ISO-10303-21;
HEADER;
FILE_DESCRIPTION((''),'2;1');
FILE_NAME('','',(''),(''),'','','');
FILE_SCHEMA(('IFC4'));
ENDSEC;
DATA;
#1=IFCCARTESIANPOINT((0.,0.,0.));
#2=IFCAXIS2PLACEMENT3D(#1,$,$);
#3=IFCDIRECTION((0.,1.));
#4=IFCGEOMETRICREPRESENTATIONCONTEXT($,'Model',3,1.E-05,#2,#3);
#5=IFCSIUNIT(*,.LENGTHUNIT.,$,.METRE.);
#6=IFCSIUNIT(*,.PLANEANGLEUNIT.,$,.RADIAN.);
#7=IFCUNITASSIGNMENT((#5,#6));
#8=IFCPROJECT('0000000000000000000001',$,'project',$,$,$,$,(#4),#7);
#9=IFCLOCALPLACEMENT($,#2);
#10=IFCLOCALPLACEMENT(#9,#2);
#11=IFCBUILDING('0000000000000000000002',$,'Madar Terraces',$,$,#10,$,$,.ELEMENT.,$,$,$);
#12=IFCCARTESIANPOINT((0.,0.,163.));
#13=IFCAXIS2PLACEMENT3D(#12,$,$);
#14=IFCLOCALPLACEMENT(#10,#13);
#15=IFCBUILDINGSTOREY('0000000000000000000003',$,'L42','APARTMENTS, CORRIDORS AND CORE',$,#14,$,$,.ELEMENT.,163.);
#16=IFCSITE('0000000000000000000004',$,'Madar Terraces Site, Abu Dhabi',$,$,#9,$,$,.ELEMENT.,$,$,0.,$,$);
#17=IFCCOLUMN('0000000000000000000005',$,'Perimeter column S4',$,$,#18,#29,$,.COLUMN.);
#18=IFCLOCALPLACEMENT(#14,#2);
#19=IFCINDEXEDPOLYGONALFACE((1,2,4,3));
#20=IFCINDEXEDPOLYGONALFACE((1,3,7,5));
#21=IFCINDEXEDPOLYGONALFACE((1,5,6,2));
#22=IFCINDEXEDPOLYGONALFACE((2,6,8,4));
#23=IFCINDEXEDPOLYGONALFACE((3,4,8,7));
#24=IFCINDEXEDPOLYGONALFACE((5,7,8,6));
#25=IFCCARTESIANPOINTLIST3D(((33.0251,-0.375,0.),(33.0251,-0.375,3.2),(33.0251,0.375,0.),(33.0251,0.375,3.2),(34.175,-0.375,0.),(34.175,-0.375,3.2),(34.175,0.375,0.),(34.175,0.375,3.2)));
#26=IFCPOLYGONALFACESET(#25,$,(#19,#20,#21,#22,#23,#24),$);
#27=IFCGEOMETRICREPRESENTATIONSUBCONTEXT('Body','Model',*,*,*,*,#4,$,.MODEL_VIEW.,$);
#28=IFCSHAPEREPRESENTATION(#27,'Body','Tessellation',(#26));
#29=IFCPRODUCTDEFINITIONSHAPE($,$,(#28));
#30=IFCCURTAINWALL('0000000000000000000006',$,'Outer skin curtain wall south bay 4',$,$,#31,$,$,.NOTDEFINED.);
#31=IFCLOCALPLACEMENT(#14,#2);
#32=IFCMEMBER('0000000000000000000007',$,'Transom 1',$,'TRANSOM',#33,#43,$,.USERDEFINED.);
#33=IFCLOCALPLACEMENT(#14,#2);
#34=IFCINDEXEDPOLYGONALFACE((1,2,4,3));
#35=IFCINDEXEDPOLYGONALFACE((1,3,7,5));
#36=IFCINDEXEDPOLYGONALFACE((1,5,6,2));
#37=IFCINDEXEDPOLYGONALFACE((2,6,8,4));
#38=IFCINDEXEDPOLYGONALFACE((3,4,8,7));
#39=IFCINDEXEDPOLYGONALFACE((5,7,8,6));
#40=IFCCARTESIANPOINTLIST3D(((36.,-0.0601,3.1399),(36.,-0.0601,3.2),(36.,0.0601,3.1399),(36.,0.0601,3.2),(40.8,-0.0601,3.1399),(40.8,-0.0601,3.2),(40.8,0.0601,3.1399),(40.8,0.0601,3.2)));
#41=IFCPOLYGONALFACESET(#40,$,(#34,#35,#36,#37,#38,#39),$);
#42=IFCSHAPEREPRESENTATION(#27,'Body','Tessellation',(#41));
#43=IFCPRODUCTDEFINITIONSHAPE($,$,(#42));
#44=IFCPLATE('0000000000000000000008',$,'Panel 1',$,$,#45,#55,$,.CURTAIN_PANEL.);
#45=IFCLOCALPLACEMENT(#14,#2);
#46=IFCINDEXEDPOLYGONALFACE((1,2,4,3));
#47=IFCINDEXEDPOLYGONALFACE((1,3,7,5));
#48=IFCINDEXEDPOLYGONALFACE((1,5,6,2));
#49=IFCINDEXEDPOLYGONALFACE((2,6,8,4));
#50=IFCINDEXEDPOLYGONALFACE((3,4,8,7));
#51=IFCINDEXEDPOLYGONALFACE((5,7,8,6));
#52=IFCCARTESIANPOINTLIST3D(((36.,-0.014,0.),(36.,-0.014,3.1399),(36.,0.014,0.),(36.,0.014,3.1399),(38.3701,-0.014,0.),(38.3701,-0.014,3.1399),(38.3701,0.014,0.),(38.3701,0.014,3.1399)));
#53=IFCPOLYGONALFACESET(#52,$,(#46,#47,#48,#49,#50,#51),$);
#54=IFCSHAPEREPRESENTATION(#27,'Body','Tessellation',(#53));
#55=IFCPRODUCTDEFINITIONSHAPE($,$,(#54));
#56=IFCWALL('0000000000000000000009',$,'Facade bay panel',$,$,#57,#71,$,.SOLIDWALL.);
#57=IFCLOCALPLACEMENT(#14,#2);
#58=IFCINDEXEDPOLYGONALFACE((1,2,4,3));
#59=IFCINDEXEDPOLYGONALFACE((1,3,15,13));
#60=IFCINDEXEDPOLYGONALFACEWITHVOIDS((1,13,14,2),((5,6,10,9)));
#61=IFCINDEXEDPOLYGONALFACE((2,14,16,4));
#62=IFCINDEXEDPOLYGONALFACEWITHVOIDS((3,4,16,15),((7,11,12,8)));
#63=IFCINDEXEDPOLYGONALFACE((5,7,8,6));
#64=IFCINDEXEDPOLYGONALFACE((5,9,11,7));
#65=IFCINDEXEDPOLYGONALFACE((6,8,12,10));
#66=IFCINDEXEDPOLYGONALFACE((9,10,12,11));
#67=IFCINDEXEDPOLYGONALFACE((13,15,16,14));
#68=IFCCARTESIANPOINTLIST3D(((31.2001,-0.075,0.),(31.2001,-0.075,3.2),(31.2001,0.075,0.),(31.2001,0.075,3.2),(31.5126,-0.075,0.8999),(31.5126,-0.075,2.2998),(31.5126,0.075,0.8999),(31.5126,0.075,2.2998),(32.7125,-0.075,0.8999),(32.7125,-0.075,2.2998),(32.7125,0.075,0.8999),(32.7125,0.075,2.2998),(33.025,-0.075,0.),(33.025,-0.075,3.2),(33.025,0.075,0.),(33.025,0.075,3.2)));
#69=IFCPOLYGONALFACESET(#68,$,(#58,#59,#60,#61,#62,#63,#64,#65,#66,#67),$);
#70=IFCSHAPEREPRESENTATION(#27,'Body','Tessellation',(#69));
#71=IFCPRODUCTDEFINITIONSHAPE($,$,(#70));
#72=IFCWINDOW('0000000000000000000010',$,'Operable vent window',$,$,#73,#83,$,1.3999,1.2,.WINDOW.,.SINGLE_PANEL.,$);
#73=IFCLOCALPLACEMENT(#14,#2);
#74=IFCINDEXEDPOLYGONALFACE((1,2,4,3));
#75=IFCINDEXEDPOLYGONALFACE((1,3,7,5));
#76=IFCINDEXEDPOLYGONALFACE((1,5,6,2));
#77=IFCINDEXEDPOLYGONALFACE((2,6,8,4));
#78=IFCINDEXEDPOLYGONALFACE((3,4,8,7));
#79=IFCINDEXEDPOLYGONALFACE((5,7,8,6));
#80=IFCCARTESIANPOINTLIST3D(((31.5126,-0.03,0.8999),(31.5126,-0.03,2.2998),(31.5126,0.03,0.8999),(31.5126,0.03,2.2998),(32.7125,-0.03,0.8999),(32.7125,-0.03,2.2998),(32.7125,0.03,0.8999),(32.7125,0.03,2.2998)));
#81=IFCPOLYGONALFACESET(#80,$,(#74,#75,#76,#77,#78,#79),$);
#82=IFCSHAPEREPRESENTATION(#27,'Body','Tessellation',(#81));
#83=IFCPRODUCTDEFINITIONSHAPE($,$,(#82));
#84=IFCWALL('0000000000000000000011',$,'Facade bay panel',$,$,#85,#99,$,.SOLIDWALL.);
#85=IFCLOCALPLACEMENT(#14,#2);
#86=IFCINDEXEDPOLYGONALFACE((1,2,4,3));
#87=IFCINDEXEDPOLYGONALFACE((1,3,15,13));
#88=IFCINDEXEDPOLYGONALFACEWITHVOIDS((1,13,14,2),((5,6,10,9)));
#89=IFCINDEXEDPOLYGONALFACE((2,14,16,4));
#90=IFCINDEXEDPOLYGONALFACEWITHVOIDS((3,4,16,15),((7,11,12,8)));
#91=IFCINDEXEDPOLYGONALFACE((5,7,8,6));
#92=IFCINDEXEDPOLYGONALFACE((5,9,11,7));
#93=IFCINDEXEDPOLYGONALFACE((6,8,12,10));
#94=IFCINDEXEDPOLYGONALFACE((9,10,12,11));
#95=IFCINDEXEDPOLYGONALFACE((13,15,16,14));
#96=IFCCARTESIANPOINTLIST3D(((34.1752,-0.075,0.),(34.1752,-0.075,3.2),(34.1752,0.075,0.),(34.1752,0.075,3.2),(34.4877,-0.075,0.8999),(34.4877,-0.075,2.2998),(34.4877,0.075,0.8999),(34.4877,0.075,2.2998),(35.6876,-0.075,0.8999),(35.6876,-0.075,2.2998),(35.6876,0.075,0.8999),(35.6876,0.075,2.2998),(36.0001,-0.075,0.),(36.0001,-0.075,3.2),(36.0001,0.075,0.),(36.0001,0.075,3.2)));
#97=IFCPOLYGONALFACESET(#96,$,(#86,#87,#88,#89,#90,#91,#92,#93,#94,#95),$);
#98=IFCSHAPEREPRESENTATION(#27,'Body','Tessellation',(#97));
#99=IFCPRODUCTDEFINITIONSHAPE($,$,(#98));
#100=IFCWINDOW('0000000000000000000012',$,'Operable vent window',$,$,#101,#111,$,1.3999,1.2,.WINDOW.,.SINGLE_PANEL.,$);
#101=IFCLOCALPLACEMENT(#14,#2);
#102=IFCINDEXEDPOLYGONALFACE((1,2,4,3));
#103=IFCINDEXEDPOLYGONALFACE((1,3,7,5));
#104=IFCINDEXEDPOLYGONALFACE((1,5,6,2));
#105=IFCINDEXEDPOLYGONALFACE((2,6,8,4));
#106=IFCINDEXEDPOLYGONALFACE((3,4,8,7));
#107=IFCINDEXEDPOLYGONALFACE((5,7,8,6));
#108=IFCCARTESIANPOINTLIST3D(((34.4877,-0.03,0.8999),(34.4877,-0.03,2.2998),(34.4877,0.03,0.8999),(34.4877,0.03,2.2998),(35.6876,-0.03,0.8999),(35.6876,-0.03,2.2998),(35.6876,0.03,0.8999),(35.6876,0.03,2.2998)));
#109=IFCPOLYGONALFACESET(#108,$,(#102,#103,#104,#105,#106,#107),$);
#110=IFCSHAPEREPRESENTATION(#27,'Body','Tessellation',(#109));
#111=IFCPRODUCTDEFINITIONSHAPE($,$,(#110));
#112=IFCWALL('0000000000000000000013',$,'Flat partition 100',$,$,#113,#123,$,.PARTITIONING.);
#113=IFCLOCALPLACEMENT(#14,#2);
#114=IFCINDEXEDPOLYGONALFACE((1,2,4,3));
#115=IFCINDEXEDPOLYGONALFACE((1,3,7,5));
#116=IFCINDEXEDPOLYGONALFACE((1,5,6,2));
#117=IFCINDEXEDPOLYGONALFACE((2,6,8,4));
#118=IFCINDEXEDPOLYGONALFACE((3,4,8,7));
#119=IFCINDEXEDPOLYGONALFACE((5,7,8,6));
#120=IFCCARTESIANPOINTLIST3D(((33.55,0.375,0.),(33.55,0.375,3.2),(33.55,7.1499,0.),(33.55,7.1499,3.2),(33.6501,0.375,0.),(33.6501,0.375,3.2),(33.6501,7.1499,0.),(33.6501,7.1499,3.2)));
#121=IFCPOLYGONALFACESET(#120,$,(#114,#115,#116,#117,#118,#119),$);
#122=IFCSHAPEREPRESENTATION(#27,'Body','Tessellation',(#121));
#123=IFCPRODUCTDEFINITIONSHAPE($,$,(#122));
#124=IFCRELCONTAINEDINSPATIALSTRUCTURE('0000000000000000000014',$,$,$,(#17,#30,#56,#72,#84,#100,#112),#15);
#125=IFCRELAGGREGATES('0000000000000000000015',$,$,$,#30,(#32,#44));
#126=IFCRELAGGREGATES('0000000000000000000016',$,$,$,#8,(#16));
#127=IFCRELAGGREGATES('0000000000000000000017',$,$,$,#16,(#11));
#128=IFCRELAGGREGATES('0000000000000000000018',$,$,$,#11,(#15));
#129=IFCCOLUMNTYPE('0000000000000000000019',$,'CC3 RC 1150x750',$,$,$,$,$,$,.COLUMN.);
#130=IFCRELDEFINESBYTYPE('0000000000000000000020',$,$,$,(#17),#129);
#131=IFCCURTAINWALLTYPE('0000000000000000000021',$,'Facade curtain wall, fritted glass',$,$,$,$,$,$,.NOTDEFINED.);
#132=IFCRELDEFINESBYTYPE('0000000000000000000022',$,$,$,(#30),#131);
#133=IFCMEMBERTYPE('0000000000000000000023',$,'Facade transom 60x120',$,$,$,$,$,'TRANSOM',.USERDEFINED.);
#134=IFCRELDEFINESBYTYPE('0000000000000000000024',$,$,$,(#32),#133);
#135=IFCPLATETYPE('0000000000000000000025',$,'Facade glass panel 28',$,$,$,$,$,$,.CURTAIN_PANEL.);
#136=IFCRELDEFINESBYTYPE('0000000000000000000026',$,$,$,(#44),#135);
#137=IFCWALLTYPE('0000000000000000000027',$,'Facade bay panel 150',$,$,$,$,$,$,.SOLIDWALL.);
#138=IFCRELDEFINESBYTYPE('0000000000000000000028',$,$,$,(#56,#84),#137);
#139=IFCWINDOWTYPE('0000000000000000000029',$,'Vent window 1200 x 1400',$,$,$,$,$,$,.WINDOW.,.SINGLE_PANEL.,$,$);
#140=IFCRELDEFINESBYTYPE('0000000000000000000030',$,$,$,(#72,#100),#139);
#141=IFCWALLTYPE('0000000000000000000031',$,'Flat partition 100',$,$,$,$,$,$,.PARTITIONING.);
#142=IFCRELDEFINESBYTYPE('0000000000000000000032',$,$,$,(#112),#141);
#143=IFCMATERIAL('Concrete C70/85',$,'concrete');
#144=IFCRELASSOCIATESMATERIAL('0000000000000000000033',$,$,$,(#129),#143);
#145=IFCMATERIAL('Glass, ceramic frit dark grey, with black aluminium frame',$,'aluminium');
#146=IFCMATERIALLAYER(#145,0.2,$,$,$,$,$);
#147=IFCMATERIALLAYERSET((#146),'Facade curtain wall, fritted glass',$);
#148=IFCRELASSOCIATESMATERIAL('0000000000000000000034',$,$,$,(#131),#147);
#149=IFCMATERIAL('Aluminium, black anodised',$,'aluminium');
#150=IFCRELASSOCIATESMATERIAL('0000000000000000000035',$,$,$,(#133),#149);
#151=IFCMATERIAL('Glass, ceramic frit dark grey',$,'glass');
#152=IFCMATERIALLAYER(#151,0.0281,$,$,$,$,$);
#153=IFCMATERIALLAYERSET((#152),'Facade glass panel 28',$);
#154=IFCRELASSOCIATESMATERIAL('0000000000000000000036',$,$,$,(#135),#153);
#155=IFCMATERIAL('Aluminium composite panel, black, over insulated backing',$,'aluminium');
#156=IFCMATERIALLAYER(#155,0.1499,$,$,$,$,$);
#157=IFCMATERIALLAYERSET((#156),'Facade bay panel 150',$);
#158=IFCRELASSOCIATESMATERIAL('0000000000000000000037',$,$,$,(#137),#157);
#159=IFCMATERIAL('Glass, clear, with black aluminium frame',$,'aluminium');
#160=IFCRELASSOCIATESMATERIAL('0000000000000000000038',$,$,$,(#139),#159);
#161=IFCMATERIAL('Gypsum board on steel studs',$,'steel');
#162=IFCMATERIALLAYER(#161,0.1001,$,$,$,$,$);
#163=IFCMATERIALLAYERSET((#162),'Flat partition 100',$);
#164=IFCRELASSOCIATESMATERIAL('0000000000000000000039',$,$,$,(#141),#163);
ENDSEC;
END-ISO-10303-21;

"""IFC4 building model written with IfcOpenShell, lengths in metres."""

from ifc_helpers import new_model, si_unit, direction, frame, frame_2d, origin, origin_2d, place, context, subcontext, project, spatial, rectangle, extrude, material, layer, layer_set, material_profile, profile_set, type_object, element, fill, aggregate, save


model = new_model("IFC4")

# Units and contexts
model_context = context("Model", 3, precision=1e-05, world=origin(), true_north=direction((0.0, 1.0)))
body_context = subcontext(model_context, "Body", "Model", "MODEL_VIEW")
ifc_project = project(units=[si_unit("LENGTHUNIT", "METRE"), si_unit("PLANEANGLEUNIT", "RADIAN")], contexts=[model_context])

# Site, building, storey
site_placement = place(None, origin())
site = spatial("IfcSite", under=ifc_project, at=site_placement, Name="Madar Terraces Site, Abu Dhabi", CompositionType="ELEMENT", RefElevation=0.0)
building_placement = place(site_placement, origin())
building = spatial("IfcBuilding", under=site, at=building_placement, Name="Madar Terraces", CompositionType="ELEMENT")
storey_placement = place(building_placement, frame((0.0, 0.0, 163.0)))
storey = spatial("IfcBuildingStorey", under=building, at=storey_placement, Name="L42", Description="APARTMENTS, CORRIDORS AND CORE", CompositionType="ELEMENT", Elevation=163.0)

# Column
ifc_material_1 = material(Name="Concrete C70/85", Category="concrete")
ifc_material_profile_1 = material_profile(ifc_material_1, rectangle(XDim=1.1499, YDim=0.75, at=origin_2d()), Name="CC3 RC 1150x750")
ifc_profile_set_1 = profile_set([ifc_material_profile_1], Name="Concrete C70/85")
column_type = type_object("IfcColumnType", Name="CC3 RC 1150x750", PredefinedType="COLUMN", material=ifc_profile_set_1)
column_placement = place(storey_placement, frame((33.6001, 0.0, 0.0), z_axis=(0.0, 0.0, 1.0), x_axis=(1.0, 0.0, 0.0)))
element("IfcColumn", 1, at=column_placement, inside=storey, type_object=column_type, Name="Perimeter column S4", PredefinedType="COLUMN", context=body_context, shape_type="SweptSolid", body=[
    extrude(rectangle(XDim=1.1499, YDim=0.75, at=origin_2d()), origin(), (0.0, 0.0, 1.0), 3.2),
])

# Curtain wall, member, plate
ifc_material_2 = material(Name="Glass, ceramic frit dark grey, with black aluminium frame", Category="aluminium")
ifc_layer_1 = layer(ifc_material_2, 0.2)
ifc_layer_set_1 = layer_set([ifc_layer_1], Name="Facade curtain wall, fritted glass")
curtain_wall_type = type_object("IfcCurtainWallType", Name="Facade curtain wall, fritted glass", PredefinedType="NOTDEFINED", material=ifc_layer_set_1)
curtain_wall_placement = place(storey_placement, origin())
curtain_wall = element("IfcCurtainWall", 2, at=curtain_wall_placement, inside=storey, type_object=curtain_wall_type, Name="Outer skin curtain wall south bay 4", PredefinedType="NOTDEFINED")
ifc_material_3 = material(Name="Aluminium, black anodised", Category="aluminium")
ifc_material_profile_2 = material_profile(ifc_material_3, rectangle(XDim=0.1201, YDim=0.0601, at=origin_2d()), Name="Facade transom 60x120")
ifc_profile_set_2 = profile_set([ifc_material_profile_2], Name="Aluminium, black anodised")
member_type = type_object("IfcMemberType", Name="Facade transom 60x120", ElementType="TRANSOM", PredefinedType="USERDEFINED", material=ifc_profile_set_2)
member_placement = place(storey_placement, frame((36.0, 0.0, 3.1699), z_axis=(1.0, 0.0, 0.0), x_axis=(0.0, 1.0, 0.0)))
member = element("IfcMember", 3, at=member_placement, type_object=member_type, Name="Transom 1", ObjectType="TRANSOM", PredefinedType="USERDEFINED", context=body_context, shape_type="SweptSolid", body=[
    extrude(rectangle(XDim=0.1201, YDim=0.0601, at=origin_2d()), origin(), (0.0, 0.0, 1.0), 4.8),
])
ifc_material_4 = material(Name="Glass, ceramic frit dark grey", Category="glass")
ifc_layer_2 = layer(ifc_material_4, 0.0281)
ifc_layer_set_2 = layer_set([ifc_layer_2], Name="Facade glass panel 28")
plate_type = type_object("IfcPlateType", Name="Facade glass panel 28", PredefinedType="CURTAIN_PANEL", material=ifc_layer_set_2)
plate_placement = place(storey_placement, frame((37.1851, 0.0, 0.0), z_axis=(0.0, 0.0, 1.0), x_axis=(1.0, 0.0, 0.0)))
plate = element("IfcPlate", 4, at=plate_placement, type_object=plate_type, Name="Panel 1", PredefinedType="CURTAIN_PANEL", context=body_context, shape_type="SweptSolid", body=[
    extrude(rectangle(XDim=2.3701, YDim=0.0281, at=origin_2d()), origin(), (0.0, 0.0, 1.0), 3.1399),
])
aggregate(curtain_wall, [member, plate])

# Walls, openings, windows
ifc_material_5 = material(Name="Aluminium composite panel, black, over insulated backing", Category="aluminium")
ifc_layer_3 = layer(ifc_material_5, 0.1499)
ifc_layer_set_3 = layer_set([ifc_layer_3], Name="Facade bay panel 150")
wall_type_1 = type_object("IfcWallType", Name="Facade bay panel 150", PredefinedType="SOLIDWALL", material=ifc_layer_set_3)
wall_1_placement = place(storey_placement, frame((31.2, 0.0, 0.0), z_axis=(0.0, 0.0, 1.0), x_axis=(1.0, 0.0, 0.0)))
wall_1 = element("IfcWall", 5, at=wall_1_placement, inside=storey, type_object=wall_type_1, Name="Facade bay panel", PredefinedType="SOLIDWALL", context=body_context, shape_type="SweptSolid", body=[
    extrude(rectangle(XDim=1.825, YDim=0.1499, at=frame_2d((0.9126, 0.0))), origin(), (0.0, 0.0, 1.0), 3.2),
])
opening_1_placement = place(wall_1_placement, frame((0.3125, 0.0, 0.8999)))
opening_1 = element("IfcOpeningElement", 6, at=opening_1_placement, cuts=wall_1, PredefinedType="OPENING", context=body_context, shape_type="SweptSolid", body=[
    extrude(rectangle(XDim=1.2, YDim=1.3999, at=frame_2d((0.6001, 0.7))), frame((0.0, 0.085, 0.0), z_axis=(0.0, -1.0, 0.0), x_axis=(1.0, 0.0, 0.0)), (0.0, 0.0, 1.0), 0.1699),
])
ifc_material_6 = material(Name="Glass, clear, with black aluminium frame", Category="aluminium")
window_type = type_object("IfcWindowType", Name="Vent window 1200 x 1400", PartitioningType="SINGLE_PANEL", PredefinedType="WINDOW", material=ifc_material_6)
window_1_placement = place(opening_1_placement, origin())
window_1 = element("IfcWindow", 7, at=window_1_placement, inside=storey, type_object=window_type, Name="Operable vent window", OverallHeight=1.3999, OverallWidth=1.2, PartitioningType="SINGLE_PANEL", PredefinedType="WINDOW", context=body_context, shape_type="SweptSolid", body=[
    extrude(rectangle(XDim=1.2, YDim=1.3999, at=frame_2d((0.6001, 0.7))), frame((0.0, 0.03, 0.0), z_axis=(0.0, -1.0, 0.0), x_axis=(1.0, 0.0, 0.0)), (0.0, 0.0, 1.0), 0.0601),
])
fill(opening_1, window_1)
wall_2_placement = place(storey_placement, frame((34.175, 0.0, 0.0), z_axis=(0.0, 0.0, 1.0), x_axis=(1.0, 0.0, 0.0)))
wall_2 = element("IfcWall", 8, at=wall_2_placement, inside=storey, type_object=wall_type_1, Name="Facade bay panel", PredefinedType="SOLIDWALL", context=body_context, shape_type="SweptSolid", body=[
    extrude(rectangle(XDim=1.825, YDim=0.1499, at=frame_2d((0.9126, 0.0))), origin(), (0.0, 0.0, 1.0), 3.2),
])
opening_2_placement = place(wall_2_placement, frame((0.3125, 0.0, 0.8999)))
opening_2 = element("IfcOpeningElement", 9, at=opening_2_placement, cuts=wall_2, PredefinedType="OPENING", context=body_context, shape_type="SweptSolid", body=[
    extrude(rectangle(XDim=1.2, YDim=1.3999, at=frame_2d((0.6001, 0.7))), frame((0.0, 0.085, 0.0), z_axis=(0.0, -1.0, 0.0), x_axis=(1.0, 0.0, 0.0)), (0.0, 0.0, 1.0), 0.1699),
])
window_2_placement = place(opening_2_placement, origin())
window_2 = element("IfcWindow", 10, at=window_2_placement, inside=storey, type_object=window_type, Name="Operable vent window", OverallHeight=1.3999, OverallWidth=1.2, PartitioningType="SINGLE_PANEL", PredefinedType="WINDOW", context=body_context, shape_type="SweptSolid", body=[
    extrude(rectangle(XDim=1.2, YDim=1.3999, at=frame_2d((0.6001, 0.7))), frame((0.0, 0.03, 0.0), z_axis=(0.0, -1.0, 0.0), x_axis=(1.0, 0.0, 0.0)), (0.0, 0.0, 1.0), 0.0601),
])
fill(opening_2, window_2)

# Wall
ifc_material_7 = material(Name="Gypsum board on steel studs", Category="steel")
ifc_layer_4 = layer(ifc_material_7, 0.1001)
ifc_layer_set_4 = layer_set([ifc_layer_4], Name="Flat partition 100")
wall_type_2 = type_object("IfcWallType", Name="Flat partition 100", PredefinedType="PARTITIONING", material=ifc_layer_set_4)
wall_3_placement = place(storey_placement, frame((33.6001, 7.1499, 0.0), z_axis=(0.0, 0.0, 1.0), x_axis=(0.0, -1.0, 0.0)))
element("IfcWall", 11, at=wall_3_placement, inside=storey, type_object=wall_type_2, Name="Flat partition 100", PredefinedType="PARTITIONING", context=body_context, shape_type="SweptSolid", body=[
    extrude(rectangle(XDim=6.7749, YDim=0.1001, at=frame_2d((3.3875, 0.0))), origin(), (0.0, 0.0, 1.0), 3.2),
])

save(model, "model.ifc")
